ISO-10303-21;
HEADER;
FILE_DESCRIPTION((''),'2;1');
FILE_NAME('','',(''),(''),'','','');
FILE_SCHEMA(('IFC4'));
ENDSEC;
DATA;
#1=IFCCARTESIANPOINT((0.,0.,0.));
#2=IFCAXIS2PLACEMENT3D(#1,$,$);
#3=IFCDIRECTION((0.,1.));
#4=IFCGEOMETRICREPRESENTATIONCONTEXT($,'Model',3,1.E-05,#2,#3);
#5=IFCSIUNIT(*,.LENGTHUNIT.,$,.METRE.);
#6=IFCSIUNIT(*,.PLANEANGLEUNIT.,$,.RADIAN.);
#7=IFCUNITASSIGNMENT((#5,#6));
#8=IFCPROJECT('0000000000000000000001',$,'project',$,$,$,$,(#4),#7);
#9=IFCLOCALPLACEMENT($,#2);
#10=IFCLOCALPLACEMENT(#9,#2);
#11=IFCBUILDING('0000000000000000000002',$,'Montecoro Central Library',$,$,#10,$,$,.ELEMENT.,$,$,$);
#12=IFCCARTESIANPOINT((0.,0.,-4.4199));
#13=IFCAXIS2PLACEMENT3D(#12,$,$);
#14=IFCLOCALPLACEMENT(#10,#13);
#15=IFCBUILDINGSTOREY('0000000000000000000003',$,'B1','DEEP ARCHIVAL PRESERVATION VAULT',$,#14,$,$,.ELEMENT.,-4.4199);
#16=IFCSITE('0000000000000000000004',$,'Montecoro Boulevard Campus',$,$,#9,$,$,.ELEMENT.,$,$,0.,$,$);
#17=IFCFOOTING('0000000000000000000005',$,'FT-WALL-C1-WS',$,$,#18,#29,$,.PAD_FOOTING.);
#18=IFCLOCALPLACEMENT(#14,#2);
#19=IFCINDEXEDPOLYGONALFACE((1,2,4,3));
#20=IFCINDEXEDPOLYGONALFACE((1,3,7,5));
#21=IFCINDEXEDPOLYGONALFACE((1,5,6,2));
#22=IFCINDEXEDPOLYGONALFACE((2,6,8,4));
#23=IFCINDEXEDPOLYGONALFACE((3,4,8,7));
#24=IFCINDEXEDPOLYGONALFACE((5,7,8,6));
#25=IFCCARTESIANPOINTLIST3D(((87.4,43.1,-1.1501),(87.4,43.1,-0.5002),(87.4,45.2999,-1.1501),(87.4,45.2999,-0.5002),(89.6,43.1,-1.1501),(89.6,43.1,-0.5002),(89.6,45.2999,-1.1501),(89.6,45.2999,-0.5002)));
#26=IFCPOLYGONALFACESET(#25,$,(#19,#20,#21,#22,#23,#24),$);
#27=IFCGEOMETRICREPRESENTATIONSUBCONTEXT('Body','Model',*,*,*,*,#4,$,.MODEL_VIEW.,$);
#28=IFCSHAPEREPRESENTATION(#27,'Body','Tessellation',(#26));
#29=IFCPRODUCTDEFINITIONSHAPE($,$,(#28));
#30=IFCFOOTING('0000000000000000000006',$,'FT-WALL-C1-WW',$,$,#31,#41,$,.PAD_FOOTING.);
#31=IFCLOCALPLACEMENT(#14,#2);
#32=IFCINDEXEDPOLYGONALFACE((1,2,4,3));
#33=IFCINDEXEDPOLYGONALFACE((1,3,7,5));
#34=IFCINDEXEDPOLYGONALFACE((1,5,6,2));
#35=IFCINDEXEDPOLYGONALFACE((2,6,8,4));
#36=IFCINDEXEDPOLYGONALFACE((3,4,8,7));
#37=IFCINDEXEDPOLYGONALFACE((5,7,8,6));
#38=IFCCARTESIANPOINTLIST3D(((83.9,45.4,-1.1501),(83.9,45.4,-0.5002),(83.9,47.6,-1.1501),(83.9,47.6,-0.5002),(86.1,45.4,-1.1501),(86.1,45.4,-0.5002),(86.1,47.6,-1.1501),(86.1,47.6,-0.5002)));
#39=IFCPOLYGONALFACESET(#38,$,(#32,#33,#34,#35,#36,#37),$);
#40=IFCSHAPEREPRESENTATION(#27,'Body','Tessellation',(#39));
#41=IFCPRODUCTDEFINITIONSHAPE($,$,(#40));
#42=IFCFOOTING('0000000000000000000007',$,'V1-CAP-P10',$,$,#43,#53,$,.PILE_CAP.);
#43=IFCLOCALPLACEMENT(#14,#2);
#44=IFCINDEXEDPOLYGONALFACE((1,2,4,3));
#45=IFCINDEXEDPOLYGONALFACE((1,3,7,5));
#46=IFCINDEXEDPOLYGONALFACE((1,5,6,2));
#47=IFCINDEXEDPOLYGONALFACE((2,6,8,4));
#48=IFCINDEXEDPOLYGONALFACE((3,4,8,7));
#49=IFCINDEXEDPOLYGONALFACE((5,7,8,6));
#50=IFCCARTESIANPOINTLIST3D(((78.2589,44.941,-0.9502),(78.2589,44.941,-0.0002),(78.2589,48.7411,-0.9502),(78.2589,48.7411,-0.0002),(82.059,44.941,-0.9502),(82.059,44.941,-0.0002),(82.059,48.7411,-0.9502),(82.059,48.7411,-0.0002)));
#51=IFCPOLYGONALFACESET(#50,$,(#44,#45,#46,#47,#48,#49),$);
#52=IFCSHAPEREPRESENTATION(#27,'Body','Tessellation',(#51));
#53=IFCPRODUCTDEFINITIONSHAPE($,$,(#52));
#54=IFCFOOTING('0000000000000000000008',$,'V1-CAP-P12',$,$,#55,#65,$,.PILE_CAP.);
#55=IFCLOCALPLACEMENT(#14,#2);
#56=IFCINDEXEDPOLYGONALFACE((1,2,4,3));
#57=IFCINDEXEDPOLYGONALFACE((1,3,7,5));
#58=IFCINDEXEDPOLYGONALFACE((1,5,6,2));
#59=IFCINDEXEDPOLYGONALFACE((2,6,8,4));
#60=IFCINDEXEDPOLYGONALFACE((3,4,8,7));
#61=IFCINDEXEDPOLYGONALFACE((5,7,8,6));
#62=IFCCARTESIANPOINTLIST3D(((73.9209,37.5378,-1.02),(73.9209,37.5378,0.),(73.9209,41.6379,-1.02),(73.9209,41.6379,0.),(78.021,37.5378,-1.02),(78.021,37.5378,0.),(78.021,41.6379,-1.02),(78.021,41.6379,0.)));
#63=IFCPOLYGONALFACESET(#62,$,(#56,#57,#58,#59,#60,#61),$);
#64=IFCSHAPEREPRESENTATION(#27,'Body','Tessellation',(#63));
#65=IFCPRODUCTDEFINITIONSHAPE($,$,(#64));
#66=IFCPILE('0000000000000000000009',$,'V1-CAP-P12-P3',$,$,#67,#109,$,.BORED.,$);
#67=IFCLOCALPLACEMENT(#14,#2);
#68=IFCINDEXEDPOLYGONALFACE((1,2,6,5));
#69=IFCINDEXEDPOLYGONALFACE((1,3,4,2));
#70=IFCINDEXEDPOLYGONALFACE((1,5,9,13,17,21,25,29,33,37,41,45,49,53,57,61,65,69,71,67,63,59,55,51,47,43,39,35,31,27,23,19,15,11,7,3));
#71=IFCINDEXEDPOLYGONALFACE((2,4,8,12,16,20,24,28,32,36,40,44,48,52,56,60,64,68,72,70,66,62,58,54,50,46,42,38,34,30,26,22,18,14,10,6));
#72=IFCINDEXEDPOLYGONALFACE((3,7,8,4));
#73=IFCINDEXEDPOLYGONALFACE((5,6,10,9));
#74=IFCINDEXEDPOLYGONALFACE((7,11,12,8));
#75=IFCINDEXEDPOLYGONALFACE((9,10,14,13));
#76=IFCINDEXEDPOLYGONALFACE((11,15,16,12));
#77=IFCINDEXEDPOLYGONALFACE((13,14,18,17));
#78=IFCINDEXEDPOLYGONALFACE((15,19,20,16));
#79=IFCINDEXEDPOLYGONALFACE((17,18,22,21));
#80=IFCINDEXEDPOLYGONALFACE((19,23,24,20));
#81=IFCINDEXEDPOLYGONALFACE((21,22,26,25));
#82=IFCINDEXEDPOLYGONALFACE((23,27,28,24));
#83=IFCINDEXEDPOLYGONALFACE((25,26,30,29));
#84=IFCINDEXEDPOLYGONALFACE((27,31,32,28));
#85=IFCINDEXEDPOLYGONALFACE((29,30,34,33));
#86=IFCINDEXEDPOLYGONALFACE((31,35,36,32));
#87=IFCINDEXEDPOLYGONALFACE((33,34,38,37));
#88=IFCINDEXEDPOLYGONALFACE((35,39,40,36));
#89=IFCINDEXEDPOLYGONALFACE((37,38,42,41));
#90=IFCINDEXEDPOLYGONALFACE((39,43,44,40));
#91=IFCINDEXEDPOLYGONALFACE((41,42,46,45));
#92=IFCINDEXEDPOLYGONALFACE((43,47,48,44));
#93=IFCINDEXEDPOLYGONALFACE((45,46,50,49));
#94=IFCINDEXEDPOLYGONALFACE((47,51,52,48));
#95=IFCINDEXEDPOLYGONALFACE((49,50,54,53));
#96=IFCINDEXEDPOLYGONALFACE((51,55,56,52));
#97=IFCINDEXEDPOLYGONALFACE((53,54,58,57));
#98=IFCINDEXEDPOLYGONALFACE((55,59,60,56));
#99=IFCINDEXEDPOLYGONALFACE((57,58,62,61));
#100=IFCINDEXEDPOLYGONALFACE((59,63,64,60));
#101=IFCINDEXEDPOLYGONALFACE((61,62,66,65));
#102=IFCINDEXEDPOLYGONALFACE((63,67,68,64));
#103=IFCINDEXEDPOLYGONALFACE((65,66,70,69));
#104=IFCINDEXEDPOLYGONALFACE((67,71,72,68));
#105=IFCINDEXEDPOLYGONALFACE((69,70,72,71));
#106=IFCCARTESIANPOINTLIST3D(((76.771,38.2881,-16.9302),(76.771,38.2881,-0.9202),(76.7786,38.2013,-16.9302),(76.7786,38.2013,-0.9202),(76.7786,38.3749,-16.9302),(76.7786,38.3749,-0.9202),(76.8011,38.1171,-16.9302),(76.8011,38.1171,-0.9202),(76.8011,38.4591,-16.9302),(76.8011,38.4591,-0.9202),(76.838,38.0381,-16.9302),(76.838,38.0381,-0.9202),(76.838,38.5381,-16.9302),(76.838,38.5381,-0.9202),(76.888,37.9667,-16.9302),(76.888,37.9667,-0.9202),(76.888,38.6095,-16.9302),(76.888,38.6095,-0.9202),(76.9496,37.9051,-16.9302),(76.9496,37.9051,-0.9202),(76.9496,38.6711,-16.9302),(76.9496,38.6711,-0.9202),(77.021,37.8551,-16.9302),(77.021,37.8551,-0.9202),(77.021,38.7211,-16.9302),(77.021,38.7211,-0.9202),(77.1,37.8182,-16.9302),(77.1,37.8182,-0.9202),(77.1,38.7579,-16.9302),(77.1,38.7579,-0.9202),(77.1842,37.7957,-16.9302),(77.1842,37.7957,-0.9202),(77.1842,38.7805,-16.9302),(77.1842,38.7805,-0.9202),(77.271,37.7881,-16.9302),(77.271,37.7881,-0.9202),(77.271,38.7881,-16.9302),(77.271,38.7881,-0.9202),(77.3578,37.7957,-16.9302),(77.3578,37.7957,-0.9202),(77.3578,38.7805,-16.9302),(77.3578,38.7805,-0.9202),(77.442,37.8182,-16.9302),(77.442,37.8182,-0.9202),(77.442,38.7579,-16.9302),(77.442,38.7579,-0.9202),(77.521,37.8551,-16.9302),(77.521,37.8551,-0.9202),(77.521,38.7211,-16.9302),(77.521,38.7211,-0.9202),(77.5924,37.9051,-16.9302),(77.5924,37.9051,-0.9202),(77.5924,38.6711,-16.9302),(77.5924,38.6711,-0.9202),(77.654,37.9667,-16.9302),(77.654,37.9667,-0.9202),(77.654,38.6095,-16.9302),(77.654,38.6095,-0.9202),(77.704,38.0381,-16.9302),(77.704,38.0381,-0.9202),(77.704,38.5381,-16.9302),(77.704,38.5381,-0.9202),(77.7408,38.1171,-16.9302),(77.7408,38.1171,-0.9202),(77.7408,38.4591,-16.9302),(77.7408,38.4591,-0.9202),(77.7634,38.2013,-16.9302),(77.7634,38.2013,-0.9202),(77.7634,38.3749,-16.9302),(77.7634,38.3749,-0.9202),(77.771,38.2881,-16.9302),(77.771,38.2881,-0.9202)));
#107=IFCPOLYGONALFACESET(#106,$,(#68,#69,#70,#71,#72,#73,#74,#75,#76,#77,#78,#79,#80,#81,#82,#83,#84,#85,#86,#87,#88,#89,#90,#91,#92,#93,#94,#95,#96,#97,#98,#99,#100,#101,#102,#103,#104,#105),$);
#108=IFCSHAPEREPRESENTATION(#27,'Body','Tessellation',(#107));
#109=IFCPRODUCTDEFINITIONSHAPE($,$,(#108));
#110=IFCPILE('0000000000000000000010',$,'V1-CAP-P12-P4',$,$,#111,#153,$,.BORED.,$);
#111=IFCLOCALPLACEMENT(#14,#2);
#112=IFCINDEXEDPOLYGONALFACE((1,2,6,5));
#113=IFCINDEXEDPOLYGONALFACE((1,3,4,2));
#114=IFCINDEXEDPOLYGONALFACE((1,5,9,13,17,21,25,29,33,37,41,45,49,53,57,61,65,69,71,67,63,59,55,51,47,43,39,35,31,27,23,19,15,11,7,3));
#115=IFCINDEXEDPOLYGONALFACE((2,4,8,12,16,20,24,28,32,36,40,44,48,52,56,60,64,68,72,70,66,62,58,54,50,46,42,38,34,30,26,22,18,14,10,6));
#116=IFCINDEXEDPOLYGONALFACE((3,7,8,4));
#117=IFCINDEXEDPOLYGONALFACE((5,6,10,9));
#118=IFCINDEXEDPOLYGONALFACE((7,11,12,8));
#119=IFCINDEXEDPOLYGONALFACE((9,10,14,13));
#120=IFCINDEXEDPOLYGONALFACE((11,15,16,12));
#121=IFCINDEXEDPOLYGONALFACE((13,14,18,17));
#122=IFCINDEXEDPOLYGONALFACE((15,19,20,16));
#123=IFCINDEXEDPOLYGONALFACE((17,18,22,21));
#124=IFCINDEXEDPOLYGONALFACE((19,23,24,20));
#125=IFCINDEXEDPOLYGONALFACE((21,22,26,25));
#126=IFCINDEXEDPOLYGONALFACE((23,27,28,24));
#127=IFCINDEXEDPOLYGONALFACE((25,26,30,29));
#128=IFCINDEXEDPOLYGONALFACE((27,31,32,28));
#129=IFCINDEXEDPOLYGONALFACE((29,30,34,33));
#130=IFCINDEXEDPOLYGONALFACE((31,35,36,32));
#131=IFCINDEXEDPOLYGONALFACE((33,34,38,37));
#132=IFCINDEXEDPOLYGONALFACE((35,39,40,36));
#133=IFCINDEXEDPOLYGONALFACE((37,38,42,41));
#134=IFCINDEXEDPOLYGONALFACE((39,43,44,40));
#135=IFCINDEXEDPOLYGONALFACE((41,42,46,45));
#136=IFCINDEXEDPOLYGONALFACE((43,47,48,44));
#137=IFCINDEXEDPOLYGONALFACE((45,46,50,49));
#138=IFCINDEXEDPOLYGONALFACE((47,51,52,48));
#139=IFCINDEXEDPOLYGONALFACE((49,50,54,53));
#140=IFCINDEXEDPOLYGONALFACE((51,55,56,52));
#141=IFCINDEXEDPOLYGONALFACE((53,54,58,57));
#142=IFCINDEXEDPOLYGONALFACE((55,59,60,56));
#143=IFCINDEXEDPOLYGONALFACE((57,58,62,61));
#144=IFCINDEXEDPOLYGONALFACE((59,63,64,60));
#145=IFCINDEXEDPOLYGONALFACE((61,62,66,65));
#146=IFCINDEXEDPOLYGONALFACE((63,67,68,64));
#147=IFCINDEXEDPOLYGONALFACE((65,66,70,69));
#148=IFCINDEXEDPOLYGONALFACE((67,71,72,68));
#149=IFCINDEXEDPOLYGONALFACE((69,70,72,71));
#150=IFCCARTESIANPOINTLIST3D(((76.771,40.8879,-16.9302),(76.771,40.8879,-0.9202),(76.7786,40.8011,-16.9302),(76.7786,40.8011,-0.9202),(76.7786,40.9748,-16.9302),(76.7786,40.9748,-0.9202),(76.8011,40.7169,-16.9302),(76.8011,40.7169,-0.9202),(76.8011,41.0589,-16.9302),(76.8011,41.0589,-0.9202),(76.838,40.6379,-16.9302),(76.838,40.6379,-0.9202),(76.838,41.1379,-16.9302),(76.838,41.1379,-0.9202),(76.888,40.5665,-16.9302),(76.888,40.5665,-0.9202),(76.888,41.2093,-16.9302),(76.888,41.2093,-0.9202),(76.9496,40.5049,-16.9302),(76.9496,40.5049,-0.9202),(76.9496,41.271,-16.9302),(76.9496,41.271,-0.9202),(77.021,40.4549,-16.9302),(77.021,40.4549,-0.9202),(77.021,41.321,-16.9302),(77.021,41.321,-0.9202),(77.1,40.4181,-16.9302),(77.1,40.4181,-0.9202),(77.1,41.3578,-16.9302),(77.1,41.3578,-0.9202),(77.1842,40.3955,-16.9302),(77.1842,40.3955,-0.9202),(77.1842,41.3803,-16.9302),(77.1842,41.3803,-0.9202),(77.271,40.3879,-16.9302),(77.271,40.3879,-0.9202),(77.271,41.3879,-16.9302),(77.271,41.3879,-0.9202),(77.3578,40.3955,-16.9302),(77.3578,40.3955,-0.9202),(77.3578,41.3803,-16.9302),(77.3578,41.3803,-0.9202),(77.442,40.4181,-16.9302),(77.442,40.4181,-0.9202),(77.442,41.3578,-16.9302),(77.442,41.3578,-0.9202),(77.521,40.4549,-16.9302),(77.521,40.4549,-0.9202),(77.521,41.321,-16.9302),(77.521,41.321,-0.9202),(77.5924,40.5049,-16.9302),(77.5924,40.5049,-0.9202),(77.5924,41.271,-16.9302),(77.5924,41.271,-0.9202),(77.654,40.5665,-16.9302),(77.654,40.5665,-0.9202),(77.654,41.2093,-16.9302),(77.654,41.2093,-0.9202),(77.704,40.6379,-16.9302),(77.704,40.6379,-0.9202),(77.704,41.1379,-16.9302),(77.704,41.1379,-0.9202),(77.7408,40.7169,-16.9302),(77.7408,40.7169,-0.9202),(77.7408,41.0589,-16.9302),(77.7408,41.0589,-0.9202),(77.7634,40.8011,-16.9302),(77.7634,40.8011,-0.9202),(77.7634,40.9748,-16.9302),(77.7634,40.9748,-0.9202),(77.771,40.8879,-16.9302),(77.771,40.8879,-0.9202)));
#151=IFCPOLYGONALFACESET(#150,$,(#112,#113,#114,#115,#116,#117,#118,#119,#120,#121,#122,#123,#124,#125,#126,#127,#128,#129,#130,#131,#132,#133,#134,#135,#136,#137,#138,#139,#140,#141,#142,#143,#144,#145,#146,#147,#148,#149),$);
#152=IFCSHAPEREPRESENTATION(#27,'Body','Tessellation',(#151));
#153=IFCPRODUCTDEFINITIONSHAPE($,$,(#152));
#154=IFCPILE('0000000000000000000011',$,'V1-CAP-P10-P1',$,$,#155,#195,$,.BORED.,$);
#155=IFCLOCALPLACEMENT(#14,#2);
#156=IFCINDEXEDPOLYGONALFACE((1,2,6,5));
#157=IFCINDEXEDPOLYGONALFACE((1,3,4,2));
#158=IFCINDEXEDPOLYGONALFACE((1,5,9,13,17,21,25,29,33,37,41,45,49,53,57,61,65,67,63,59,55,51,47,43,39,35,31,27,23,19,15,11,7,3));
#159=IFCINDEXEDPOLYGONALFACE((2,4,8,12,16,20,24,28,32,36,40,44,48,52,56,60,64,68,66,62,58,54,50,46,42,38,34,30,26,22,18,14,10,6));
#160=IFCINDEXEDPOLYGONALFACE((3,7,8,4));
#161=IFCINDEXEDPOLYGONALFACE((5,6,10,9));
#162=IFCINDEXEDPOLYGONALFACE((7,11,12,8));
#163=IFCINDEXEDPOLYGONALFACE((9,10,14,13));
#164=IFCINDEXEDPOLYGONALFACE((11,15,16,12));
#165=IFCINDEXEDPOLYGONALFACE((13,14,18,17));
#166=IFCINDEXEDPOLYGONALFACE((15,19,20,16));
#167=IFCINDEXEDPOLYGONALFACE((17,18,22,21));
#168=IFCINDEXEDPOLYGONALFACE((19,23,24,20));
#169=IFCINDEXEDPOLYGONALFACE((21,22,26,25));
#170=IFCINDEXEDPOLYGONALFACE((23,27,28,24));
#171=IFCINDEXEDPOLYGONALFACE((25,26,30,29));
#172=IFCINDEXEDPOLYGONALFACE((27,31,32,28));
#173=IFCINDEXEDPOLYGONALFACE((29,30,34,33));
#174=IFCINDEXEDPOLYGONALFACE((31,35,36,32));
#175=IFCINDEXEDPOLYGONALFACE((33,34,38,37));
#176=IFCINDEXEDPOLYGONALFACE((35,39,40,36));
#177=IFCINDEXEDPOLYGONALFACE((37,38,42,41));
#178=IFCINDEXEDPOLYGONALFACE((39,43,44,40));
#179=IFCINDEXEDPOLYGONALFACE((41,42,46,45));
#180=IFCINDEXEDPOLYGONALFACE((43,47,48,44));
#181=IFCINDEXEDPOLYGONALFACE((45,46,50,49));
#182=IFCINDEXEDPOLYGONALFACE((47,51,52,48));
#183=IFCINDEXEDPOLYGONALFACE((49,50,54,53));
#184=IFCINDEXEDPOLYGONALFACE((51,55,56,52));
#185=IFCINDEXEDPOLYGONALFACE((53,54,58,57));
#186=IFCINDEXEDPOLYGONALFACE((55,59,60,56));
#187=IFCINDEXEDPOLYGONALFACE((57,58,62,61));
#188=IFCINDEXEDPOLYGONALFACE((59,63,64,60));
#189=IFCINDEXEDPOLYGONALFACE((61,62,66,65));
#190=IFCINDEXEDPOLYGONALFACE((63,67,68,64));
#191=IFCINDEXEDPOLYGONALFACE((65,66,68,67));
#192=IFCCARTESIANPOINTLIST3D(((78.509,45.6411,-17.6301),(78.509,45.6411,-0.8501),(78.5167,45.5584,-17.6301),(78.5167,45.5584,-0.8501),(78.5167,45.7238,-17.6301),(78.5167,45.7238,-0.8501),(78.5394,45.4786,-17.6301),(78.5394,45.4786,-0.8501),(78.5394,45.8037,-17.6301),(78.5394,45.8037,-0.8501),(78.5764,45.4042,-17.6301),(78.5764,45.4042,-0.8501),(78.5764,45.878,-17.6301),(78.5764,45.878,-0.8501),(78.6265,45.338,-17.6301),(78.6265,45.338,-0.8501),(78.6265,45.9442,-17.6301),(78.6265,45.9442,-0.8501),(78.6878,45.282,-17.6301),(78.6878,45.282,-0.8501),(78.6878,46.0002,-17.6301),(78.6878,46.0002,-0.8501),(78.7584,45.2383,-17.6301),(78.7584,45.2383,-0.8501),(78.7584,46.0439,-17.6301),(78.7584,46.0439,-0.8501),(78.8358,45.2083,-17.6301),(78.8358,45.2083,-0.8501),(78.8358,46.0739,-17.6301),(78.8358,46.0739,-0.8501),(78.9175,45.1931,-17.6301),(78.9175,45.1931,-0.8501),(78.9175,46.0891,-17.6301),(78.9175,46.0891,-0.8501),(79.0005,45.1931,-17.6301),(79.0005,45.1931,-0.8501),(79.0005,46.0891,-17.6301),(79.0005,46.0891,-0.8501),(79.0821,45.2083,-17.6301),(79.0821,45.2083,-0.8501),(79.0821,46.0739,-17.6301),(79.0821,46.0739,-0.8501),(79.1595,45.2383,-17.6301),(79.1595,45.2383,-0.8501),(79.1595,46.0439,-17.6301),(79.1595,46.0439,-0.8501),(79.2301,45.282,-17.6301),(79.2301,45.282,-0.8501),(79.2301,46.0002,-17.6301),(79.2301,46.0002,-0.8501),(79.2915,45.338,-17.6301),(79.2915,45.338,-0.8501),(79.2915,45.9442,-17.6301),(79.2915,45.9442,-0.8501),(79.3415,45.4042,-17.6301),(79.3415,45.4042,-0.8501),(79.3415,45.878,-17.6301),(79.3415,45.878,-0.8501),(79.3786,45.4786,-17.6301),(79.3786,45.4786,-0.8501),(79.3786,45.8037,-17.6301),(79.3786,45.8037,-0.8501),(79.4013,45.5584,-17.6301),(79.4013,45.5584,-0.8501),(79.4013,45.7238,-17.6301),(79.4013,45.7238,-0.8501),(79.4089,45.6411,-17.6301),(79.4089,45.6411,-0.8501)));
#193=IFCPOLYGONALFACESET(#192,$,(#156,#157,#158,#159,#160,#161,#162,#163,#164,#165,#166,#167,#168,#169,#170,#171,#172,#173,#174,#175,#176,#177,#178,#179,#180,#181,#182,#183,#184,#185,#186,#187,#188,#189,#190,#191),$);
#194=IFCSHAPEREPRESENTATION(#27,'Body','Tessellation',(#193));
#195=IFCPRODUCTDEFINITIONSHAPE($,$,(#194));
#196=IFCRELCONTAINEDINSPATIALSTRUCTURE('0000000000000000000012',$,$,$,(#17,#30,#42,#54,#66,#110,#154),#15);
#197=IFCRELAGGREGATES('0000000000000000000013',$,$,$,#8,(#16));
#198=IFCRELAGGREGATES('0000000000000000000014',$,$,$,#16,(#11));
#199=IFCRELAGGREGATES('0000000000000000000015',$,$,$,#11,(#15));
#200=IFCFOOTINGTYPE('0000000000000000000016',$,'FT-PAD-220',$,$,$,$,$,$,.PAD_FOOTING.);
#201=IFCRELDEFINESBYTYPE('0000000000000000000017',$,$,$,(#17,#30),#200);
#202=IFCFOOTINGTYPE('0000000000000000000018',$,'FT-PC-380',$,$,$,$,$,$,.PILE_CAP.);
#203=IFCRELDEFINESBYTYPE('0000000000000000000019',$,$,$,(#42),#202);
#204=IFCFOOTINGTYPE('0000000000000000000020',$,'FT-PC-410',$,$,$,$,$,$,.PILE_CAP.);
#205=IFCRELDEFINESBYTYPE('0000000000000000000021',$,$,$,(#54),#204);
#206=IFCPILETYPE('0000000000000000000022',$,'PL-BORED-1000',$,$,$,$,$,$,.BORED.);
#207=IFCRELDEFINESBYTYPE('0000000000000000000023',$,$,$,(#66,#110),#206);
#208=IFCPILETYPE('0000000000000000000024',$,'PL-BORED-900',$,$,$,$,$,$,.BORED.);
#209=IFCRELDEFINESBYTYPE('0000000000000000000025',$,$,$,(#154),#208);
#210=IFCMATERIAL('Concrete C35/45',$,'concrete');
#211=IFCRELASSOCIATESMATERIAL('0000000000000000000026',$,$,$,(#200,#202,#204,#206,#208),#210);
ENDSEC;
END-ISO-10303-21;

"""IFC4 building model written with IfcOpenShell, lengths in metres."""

from ifc_helpers import new_model, si_unit, direction, frame, origin, origin_2d, place, context, subcontext, project, spatial, rectangle, circle, extrude, material, material_profile, profile_set, type_object, element, save


model = new_model("IFC4")

# Units and contexts
model_context = context("Model", 3, precision=1e-05, world=origin(), true_north=direction((0.0, 1.0)))
body_context = subcontext(model_context, "Body", "Model", "MODEL_VIEW")
ifc_project = project(units=[si_unit("LENGTHUNIT", "METRE"), si_unit("PLANEANGLEUNIT", "RADIAN")], contexts=[model_context])

# Site, building, storey
site_placement = place(None, origin())
site = spatial("IfcSite", under=ifc_project, at=site_placement, Name="Montecoro Boulevard Campus", CompositionType="ELEMENT", RefElevation=0.0)
building_placement = place(site_placement, origin())
building = spatial("IfcBuilding", under=site, at=building_placement, Name="Montecoro Central Library", CompositionType="ELEMENT")
storey_placement = place(building_placement, frame((0.0, 0.0, -4.4199)))
storey = spatial("IfcBuildingStorey", under=building, at=storey_placement, Name="B1", Description="DEEP ARCHIVAL PRESERVATION VAULT", CompositionType="ELEMENT", Elevation=-4.4199)

# Footings
ifc_material_1 = material(Name="Concrete C35/45", Category="concrete")
footing_type_1 = type_object("IfcFootingType", Name="FT-PAD-220", PredefinedType="PAD_FOOTING", material=ifc_material_1)
for number, where, z_axis, x_axis, name in (
    (1, (88.5, 44.2, -1.1501), (0.0, 0.0, 1.0), (1.0, 0.0, 0.0), "FT-WALL-C1-WS"),
    (2, (85.0, 46.5, -1.1501), (0.0, 0.0, 1.0), (1.0, 0.0, 0.0), "FT-WALL-C1-WW"),
):
    element("IfcFooting", number, at=place(storey_placement, frame(where, z_axis=z_axis, x_axis=x_axis)), inside=storey, type_object=footing_type_1, Name=name, PredefinedType="PAD_FOOTING", context=body_context, shape_type="SweptSolid", body=[
        extrude(rectangle(XDim=2.2, YDim=2.2, at=origin_2d()), origin(), (0.0, 0.0, 1.0), 0.6499),
    ])
footing_type_2 = type_object("IfcFootingType", Name="FT-PC-380", PredefinedType="PILE_CAP", material=ifc_material_1)
footing_1_placement = place(storey_placement, frame((80.1589, 46.8411, -0.9502), z_axis=(0.0, 0.0, 1.0), x_axis=(1.0, 0.0, 0.0)))
element("IfcFooting", 3, at=footing_1_placement, inside=storey, type_object=footing_type_2, Name="V1-CAP-P10", PredefinedType="PILE_CAP", context=body_context, shape_type="SweptSolid", body=[
    extrude(rectangle(XDim=3.8, YDim=3.8, at=origin_2d()), origin(), (0.0, 0.0, 1.0), 0.95),
])
footing_type_3 = type_object("IfcFootingType", Name="FT-PC-410", PredefinedType="PILE_CAP", material=ifc_material_1)
footing_2_placement = place(storey_placement, frame((75.9709, 39.5879, -1.02), z_axis=(0.0, 0.0, 1.0), x_axis=(1.0, 0.0, 0.0)))
element("IfcFooting", 4, at=footing_2_placement, inside=storey, type_object=footing_type_3, Name="V1-CAP-P12", PredefinedType="PILE_CAP", context=body_context, shape_type="SweptSolid", body=[
    extrude(rectangle(XDim=4.1001, YDim=4.1001, at=origin_2d()), origin(), (0.0, 0.0, 1.0), 1.02),
])

# Piles
ifc_material_profile_1 = material_profile(ifc_material_1, circle(Radius=0.5, at=origin_2d()), Name="PILE D1000")
ifc_profile_set_1 = profile_set([ifc_material_profile_1], Name="Concrete C35/45")
pile_type_1 = type_object("IfcPileType", Name="PL-BORED-1000", PredefinedType="BORED", material=ifc_profile_set_1)
for number, where, z_axis, x_axis, name in (
    (5, (77.271, 38.2881, -0.9202), (0.0, 0.0, -1.0), (1.0, 0.0, 0.0), "V1-CAP-P12-P3"),
    (6, (77.271, 40.8879, -0.9202), (0.0, 0.0, -1.0), (1.0, 0.0, 0.0), "V1-CAP-P12-P4"),
):
    element("IfcPile", number, at=place(storey_placement, frame(where, z_axis=z_axis, x_axis=x_axis)), inside=storey, type_object=pile_type_1, Name=name, PredefinedType="BORED", context=body_context, shape_type="SweptSolid", body=[
        extrude(circle(Radius=0.5, at=origin_2d()), origin(), (0.0, 0.0, 1.0), 16.01),
    ])
ifc_material_profile_2 = material_profile(ifc_material_1, circle(Radius=0.45, at=origin_2d()), Name="PILE D900")
ifc_profile_set_2 = profile_set([ifc_material_profile_2], Name="Concrete C35/45")
pile_type_2 = type_object("IfcPileType", Name="PL-BORED-900", PredefinedType="BORED", material=ifc_profile_set_2)
for number, where, z_axis, x_axis, name in (
    (7, (78.959, 45.6411, -0.8501), (0.0, 0.0, -1.0), (1.0, 0.0, 0.0), "V1-CAP-P10-P1"),
):
    element("IfcPile", number, at=place(storey_placement, frame(where, z_axis=z_axis, x_axis=x_axis)), inside=storey, type_object=pile_type_2, Name=name, PredefinedType="BORED", context=body_context, shape_type="SweptSolid", body=[
        extrude(circle(Radius=0.45, at=origin_2d()), origin(), (0.0, 0.0, 1.0), 16.78),
    ])

save(model, "model.ifc")
